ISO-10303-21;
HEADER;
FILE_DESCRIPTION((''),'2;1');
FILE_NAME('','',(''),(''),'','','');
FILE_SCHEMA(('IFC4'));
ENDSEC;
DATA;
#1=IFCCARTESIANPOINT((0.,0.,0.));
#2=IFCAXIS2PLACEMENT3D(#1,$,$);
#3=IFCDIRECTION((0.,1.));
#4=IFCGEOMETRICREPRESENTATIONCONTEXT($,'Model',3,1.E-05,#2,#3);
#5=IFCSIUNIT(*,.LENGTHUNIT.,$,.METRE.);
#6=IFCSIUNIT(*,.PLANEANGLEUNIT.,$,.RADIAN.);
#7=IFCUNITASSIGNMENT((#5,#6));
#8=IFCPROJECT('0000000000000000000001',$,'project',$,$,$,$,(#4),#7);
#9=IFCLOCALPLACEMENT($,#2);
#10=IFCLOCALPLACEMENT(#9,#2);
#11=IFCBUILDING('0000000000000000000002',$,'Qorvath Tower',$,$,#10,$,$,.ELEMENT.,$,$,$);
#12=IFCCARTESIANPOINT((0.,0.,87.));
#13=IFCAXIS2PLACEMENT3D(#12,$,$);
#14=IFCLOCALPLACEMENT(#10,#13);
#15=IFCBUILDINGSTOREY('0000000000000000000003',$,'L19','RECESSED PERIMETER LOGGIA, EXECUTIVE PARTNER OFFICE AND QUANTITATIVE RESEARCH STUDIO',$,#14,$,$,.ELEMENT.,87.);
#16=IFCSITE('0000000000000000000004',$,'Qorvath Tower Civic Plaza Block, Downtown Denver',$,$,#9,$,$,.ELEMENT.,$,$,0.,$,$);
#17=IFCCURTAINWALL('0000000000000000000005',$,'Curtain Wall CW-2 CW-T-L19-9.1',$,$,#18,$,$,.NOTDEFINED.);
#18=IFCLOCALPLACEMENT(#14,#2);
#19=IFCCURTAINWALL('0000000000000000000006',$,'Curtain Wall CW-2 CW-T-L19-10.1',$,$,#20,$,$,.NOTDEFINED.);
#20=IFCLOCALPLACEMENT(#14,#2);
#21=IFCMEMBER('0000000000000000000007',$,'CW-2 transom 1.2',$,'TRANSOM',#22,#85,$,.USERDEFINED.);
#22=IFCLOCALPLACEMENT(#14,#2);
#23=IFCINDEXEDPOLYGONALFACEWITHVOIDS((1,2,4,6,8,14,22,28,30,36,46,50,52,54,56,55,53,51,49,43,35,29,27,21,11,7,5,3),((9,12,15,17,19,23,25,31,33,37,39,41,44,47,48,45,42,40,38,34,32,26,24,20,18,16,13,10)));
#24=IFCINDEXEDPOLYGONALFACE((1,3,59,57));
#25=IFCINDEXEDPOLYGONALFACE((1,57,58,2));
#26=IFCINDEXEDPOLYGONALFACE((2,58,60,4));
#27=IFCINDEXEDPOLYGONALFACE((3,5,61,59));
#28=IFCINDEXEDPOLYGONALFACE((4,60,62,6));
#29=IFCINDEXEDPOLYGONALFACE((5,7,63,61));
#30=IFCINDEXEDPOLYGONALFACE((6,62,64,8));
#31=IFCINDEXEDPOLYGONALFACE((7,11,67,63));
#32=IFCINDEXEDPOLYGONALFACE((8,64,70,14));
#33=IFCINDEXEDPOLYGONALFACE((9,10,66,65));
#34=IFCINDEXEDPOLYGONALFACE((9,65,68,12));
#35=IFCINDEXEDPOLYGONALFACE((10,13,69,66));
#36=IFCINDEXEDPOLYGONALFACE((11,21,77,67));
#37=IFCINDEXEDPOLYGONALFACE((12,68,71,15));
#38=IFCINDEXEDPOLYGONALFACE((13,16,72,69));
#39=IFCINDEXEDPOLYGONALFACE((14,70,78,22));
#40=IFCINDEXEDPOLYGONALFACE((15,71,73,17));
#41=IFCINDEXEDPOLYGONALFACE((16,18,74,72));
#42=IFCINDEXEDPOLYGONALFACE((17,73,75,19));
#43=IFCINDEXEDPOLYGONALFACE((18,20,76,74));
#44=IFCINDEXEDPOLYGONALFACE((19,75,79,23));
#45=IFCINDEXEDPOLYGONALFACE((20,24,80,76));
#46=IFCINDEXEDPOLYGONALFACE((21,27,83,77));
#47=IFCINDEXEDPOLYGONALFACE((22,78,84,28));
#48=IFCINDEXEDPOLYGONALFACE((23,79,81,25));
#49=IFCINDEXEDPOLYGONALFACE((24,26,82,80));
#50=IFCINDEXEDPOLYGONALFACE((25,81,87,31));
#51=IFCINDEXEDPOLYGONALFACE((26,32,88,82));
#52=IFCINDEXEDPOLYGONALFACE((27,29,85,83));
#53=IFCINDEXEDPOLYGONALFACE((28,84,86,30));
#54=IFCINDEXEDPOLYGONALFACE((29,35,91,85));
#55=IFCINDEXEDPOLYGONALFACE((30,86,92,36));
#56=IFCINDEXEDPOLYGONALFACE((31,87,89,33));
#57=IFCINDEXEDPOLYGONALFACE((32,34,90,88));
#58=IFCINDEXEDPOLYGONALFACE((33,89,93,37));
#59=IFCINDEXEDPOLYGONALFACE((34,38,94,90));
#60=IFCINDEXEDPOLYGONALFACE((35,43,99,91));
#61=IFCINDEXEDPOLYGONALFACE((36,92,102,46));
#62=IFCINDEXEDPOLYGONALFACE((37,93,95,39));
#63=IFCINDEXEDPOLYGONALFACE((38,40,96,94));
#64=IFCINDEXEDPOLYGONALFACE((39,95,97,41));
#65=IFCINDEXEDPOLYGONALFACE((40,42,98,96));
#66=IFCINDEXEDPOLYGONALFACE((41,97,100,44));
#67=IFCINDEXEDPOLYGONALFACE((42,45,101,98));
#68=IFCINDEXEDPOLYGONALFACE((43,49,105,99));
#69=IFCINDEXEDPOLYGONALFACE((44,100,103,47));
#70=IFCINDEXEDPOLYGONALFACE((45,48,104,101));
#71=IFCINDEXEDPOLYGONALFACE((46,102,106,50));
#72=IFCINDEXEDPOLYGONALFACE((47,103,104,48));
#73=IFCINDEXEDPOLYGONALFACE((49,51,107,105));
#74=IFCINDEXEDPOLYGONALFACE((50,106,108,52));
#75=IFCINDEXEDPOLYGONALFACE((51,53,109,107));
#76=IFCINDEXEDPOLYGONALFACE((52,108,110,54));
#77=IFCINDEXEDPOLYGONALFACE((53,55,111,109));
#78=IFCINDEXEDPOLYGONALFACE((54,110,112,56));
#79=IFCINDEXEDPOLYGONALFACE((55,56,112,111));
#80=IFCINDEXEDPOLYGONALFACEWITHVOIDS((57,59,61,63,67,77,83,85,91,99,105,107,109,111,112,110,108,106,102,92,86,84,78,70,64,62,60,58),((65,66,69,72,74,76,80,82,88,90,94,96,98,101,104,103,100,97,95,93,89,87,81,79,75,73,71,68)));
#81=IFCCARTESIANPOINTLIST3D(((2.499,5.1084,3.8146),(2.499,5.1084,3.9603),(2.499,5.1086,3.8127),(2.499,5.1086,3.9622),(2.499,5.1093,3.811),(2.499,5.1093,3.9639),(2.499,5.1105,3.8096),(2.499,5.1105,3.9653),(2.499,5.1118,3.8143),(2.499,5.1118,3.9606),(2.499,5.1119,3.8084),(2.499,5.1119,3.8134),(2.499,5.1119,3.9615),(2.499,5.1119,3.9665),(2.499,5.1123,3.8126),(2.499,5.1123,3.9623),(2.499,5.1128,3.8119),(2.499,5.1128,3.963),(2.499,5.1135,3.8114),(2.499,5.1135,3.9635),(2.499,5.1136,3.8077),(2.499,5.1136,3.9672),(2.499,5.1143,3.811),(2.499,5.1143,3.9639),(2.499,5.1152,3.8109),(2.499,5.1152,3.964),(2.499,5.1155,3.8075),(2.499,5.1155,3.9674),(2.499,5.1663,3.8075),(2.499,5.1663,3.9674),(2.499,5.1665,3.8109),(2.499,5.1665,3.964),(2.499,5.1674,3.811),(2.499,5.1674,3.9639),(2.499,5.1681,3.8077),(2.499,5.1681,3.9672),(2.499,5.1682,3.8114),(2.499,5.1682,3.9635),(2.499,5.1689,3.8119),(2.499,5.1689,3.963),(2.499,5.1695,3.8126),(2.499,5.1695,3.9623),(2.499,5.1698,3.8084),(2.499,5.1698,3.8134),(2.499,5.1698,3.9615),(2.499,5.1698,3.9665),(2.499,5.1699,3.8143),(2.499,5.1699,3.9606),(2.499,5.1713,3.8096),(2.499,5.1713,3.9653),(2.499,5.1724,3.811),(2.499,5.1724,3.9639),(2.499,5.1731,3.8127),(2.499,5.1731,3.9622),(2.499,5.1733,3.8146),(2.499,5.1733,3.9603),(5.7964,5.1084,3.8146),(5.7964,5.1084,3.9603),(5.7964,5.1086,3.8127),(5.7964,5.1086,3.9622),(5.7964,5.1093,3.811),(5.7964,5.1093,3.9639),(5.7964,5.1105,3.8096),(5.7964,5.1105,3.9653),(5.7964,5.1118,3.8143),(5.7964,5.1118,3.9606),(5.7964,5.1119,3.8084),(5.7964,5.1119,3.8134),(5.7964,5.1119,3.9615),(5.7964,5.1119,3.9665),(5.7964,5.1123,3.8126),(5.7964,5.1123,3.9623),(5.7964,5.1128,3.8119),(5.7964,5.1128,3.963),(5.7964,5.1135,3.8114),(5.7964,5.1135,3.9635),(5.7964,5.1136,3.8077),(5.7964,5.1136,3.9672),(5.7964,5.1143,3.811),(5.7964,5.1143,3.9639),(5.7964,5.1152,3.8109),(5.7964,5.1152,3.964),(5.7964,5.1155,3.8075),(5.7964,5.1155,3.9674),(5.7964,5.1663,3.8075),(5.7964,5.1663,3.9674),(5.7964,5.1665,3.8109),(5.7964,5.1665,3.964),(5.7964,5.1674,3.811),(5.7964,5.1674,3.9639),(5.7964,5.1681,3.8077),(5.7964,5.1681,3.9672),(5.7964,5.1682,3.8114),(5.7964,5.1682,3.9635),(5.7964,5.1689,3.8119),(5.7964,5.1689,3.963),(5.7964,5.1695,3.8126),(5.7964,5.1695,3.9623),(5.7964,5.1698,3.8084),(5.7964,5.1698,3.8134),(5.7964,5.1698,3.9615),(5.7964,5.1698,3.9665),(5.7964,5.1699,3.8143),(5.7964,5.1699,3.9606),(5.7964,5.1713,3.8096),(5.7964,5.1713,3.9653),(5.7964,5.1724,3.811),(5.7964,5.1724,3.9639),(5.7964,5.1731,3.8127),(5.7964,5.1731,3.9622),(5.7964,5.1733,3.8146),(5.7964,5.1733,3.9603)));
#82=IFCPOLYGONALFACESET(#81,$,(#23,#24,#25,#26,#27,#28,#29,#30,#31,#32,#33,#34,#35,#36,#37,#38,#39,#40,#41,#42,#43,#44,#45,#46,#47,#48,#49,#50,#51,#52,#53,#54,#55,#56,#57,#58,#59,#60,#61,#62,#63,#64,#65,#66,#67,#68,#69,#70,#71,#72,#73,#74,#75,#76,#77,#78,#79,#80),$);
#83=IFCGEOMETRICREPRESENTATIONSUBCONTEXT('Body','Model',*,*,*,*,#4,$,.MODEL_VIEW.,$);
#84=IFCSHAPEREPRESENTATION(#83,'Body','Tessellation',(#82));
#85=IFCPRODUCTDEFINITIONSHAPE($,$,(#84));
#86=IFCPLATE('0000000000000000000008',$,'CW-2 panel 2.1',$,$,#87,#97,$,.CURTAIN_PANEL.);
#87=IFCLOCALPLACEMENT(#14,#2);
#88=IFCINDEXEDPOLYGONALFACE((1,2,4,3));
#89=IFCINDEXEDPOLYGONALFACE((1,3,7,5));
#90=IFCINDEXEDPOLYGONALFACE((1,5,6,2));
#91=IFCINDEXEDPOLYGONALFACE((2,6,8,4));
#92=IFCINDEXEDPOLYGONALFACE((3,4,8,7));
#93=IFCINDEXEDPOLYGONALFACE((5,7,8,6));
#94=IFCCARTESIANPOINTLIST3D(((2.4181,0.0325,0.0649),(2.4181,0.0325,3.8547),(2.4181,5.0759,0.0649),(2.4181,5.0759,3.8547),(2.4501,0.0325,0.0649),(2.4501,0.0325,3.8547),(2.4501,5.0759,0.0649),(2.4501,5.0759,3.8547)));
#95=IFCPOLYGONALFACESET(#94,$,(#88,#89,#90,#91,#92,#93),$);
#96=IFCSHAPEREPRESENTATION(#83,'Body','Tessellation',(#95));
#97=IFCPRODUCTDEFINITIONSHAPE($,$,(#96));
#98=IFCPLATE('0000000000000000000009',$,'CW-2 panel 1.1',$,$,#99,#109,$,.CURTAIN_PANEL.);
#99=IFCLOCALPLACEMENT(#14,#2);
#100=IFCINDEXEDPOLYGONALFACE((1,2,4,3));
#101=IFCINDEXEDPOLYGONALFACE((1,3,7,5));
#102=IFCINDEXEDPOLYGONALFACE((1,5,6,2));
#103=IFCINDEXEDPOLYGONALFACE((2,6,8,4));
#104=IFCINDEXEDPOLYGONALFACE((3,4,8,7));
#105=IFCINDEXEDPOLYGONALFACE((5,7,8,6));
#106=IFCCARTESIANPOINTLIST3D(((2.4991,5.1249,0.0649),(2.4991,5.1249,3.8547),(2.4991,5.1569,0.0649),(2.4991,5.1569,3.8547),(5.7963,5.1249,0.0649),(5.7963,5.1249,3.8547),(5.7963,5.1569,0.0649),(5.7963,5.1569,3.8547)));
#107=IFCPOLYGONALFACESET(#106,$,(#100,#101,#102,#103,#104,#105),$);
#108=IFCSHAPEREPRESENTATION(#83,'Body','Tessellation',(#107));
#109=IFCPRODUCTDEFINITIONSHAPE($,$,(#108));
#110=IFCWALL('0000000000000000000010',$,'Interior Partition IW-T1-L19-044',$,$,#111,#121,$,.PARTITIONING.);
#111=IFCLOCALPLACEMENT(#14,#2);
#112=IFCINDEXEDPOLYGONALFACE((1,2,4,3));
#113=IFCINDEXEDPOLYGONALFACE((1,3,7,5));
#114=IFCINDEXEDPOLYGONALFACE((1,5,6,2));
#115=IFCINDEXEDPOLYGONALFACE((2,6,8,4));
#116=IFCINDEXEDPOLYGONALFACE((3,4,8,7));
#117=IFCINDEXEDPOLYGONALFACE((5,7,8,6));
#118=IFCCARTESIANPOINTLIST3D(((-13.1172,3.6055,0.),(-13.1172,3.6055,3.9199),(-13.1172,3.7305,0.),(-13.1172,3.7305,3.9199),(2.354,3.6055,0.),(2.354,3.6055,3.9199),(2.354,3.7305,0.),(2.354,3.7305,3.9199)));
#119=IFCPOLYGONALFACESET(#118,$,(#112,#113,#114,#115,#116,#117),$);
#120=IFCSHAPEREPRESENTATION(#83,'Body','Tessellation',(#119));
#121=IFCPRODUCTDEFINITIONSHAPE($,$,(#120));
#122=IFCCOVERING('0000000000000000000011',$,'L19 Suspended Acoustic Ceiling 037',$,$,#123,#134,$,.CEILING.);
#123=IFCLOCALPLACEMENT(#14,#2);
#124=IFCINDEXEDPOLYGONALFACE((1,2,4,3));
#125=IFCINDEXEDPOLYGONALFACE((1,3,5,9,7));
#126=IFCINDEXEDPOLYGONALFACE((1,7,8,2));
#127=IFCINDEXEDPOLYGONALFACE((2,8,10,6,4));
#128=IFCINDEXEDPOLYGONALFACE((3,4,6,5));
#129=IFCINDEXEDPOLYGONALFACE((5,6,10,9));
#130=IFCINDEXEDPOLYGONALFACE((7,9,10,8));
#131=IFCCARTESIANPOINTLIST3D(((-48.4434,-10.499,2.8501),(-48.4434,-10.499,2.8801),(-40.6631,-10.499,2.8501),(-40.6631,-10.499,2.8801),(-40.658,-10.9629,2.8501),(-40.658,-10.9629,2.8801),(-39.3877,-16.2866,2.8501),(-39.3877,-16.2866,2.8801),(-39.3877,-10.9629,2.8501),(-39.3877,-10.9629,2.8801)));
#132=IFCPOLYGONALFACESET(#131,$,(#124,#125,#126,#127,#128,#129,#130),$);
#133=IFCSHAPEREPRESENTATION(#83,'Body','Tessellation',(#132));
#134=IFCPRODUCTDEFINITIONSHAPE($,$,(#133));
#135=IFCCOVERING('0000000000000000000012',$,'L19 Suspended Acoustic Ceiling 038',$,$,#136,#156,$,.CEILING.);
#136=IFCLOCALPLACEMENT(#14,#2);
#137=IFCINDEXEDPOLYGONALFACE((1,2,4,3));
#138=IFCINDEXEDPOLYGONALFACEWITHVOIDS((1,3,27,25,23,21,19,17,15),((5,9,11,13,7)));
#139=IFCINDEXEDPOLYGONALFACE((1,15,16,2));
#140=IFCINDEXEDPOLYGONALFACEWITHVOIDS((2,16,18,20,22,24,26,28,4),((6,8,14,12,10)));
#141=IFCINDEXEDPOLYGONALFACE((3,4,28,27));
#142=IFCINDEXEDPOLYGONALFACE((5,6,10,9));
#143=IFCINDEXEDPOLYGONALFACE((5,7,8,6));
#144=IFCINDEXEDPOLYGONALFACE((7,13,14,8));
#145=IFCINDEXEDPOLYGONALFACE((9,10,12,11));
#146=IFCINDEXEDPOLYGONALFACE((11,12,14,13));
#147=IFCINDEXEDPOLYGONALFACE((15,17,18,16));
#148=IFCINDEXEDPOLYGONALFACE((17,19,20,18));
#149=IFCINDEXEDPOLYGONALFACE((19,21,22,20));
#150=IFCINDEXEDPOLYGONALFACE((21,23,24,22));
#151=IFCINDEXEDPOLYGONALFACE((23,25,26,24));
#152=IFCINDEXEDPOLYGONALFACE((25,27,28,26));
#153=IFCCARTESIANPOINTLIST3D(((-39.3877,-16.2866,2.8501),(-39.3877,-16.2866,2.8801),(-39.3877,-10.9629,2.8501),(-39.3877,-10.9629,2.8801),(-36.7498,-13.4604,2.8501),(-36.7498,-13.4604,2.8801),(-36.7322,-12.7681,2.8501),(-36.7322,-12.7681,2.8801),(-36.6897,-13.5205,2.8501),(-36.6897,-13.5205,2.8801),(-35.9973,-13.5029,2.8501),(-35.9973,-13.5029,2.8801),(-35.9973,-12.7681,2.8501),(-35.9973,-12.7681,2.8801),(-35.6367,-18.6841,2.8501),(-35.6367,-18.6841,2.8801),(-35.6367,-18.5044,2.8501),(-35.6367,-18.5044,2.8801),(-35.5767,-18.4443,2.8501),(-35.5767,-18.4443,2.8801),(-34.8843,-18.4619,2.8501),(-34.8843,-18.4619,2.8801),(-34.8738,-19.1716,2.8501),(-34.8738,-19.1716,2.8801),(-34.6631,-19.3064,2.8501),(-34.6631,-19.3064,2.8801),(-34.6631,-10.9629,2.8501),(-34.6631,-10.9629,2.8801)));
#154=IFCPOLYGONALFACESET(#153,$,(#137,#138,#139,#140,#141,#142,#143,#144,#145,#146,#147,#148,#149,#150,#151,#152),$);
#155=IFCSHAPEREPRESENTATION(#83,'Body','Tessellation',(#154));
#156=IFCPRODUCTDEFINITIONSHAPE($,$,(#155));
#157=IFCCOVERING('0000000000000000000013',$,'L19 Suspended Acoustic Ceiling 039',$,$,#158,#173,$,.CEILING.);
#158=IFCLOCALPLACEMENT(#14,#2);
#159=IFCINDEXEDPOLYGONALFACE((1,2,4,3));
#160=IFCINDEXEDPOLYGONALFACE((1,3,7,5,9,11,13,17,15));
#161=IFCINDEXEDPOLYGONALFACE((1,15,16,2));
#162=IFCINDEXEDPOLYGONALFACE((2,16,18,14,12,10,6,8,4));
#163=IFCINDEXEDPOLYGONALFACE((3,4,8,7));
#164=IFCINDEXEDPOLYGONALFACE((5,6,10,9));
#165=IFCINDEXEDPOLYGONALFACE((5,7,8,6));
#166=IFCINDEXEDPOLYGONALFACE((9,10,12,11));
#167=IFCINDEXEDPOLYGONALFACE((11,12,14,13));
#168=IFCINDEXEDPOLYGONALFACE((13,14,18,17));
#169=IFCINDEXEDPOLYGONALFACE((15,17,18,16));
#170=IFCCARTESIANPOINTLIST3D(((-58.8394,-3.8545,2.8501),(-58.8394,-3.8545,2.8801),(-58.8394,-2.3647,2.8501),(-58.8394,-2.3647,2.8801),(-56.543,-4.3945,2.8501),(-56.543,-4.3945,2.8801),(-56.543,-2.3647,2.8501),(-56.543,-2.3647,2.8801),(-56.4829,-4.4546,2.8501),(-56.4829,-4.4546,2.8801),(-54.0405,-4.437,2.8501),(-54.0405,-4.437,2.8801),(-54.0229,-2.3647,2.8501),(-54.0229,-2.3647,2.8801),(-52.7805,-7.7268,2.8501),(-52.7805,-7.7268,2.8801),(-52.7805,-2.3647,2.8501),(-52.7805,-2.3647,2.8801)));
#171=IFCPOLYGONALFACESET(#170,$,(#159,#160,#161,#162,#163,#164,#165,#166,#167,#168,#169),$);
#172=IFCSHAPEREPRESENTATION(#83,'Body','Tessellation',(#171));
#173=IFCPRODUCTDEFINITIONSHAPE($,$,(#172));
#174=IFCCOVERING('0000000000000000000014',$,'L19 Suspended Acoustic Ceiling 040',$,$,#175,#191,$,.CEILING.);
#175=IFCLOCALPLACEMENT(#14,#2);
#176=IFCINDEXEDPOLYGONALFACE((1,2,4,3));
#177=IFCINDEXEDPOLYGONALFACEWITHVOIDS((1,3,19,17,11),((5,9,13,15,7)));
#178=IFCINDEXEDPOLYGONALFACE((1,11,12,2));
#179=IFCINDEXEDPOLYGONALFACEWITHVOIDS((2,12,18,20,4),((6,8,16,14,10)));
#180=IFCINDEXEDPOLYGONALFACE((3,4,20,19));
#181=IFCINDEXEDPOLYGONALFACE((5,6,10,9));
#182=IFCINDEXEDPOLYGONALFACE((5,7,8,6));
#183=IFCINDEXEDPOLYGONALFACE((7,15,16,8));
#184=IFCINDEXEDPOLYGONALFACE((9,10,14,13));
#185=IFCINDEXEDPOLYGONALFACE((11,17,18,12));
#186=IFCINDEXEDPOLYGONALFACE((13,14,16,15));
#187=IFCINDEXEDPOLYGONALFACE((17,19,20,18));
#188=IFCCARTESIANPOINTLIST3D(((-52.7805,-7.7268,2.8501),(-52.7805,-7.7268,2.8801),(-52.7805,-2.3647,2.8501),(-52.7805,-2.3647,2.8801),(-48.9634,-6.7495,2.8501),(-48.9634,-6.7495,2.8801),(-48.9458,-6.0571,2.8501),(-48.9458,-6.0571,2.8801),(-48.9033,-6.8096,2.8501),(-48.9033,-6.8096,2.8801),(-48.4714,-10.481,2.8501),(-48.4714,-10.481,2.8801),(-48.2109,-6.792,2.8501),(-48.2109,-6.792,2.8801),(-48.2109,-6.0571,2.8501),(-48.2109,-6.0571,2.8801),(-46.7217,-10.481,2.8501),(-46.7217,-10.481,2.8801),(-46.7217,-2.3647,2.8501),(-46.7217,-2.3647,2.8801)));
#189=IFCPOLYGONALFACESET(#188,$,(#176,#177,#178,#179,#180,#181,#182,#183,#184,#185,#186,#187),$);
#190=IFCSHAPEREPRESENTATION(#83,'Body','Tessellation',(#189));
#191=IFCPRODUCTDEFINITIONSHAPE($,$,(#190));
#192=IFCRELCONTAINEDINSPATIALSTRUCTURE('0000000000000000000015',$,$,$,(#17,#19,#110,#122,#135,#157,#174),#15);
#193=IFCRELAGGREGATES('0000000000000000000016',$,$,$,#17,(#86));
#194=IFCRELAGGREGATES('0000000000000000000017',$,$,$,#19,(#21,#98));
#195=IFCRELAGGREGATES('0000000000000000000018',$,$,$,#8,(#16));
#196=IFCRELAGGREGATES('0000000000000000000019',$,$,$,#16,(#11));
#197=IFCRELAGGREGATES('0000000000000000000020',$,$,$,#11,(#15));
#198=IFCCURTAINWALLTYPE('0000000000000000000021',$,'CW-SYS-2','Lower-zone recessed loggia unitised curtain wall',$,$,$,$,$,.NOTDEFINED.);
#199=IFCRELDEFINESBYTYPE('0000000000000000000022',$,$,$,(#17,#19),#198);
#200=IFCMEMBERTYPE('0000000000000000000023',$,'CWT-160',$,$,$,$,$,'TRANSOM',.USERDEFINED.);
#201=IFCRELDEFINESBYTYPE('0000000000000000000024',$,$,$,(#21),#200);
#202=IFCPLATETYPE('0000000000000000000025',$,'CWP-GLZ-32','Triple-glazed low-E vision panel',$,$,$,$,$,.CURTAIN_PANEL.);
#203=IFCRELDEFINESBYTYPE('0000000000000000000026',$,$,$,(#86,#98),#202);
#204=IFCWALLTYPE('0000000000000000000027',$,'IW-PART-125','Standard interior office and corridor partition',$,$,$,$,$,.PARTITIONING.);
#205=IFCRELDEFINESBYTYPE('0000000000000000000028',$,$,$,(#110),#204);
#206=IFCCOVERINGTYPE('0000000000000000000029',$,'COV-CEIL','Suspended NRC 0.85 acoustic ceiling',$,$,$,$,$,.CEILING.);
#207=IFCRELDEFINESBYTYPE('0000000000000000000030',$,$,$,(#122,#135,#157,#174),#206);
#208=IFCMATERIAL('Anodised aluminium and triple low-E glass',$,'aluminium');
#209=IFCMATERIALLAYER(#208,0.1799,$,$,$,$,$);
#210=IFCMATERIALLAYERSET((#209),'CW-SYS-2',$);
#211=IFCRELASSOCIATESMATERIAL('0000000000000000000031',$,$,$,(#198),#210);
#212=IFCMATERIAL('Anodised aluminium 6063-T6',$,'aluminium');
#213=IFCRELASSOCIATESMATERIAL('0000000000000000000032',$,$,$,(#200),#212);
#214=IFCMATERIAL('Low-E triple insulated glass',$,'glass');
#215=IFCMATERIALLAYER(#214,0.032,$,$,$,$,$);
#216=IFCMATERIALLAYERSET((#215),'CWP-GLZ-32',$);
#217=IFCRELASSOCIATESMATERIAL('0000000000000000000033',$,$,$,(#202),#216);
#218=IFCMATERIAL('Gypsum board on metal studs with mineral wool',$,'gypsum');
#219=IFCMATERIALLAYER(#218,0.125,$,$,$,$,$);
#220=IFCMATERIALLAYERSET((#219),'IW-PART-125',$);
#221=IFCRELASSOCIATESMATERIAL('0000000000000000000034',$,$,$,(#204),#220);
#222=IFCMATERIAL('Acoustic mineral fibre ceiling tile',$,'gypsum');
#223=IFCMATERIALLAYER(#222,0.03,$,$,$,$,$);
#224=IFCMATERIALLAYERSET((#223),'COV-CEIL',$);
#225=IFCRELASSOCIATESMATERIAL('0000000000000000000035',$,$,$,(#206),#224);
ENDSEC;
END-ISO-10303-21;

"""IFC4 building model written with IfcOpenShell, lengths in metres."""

from ifc_helpers import new_model, si_unit, direction, frame, frame_2d, origin, origin_2d, place, context, subcontext, project, spatial, polyline, rectangle, hollow_rectangle, outline, extrude, material, layer, layer_set, material_profile, profile_set, type_object, element, aggregate, save


model = new_model("IFC4")

# Units and contexts
model_context = context("Model", 3, precision=1e-05, world=origin(), true_north=direction((0.0, 1.0)))
body_context = subcontext(model_context, "Body", "Model", "MODEL_VIEW")
ifc_project = project(units=[si_unit("LENGTHUNIT", "METRE"), si_unit("PLANEANGLEUNIT", "RADIAN")], contexts=[model_context])

# Site, building, storey
site_placement = place(None, origin())
site = spatial("IfcSite", under=ifc_project, at=site_placement, Name="Qorvath Tower Civic Plaza Block, Downtown Denver", CompositionType="ELEMENT", RefElevation=0.0)
building_placement = place(site_placement, origin())
building = spatial("IfcBuilding", under=site, at=building_placement, Name="Qorvath Tower", CompositionType="ELEMENT")
storey_placement = place(building_placement, frame((0.0, 0.0, 87.0)))
storey = spatial("IfcBuildingStorey", under=building, at=storey_placement, Name="L19", Description="RECESSED PERIMETER LOGGIA, EXECUTIVE PARTNER OFFICE AND QUANTITATIVE RESEARCH STUDIO", CompositionType="ELEMENT", Elevation=87.0)

# Curtain wall
ifc_material_1 = material(Name="Anodised aluminium and triple low-E glass", Category="aluminium")
ifc_layer_1 = layer(ifc_material_1, 0.1799)
ifc_layer_set_1 = layer_set([ifc_layer_1], Name="CW-SYS-2")
curtain_wall_type = type_object("IfcCurtainWallType", Name="CW-SYS-2", Description="Lower-zone recessed loggia unitised curtain wall", PredefinedType="NOTDEFINED", material=ifc_layer_set_1)
curtain_wall_1_placement = place(storey_placement, origin())
curtain_wall_1 = element("IfcCurtainWall", 1, at=curtain_wall_1_placement, inside=storey, type_object=curtain_wall_type, Name="Curtain Wall CW-2 CW-T-L19-9.1", PredefinedType="NOTDEFINED")

# Curtain wall
curtain_wall_2_placement = place(storey_placement, origin())
curtain_wall_2 = element("IfcCurtainWall", 2, at=curtain_wall_2_placement, inside=storey, type_object=curtain_wall_type, Name="Curtain Wall CW-2 CW-T-L19-10.1", PredefinedType="NOTDEFINED")

# Member
ifc_material_2 = material(Name="Anodised aluminium 6063-T6", Category="aluminium")
ifc_material_profile_1 = material_profile(ifc_material_2, hollow_rectangle(XDim=0.0649, YDim=0.1599, WallThickness=0.0034, InnerFilletRadius=0.0034, OuterFilletRadius=0.0071, at=origin_2d()), Name="CWT 160x65")
ifc_profile_set_1 = profile_set([ifc_material_profile_1], Name="Anodised aluminium 6063-T6")
member_type_1 = type_object("IfcMemberType", Name="CWT-160", ElementType="TRANSOM", PredefinedType="USERDEFINED", material=ifc_profile_set_1)
member_1_placement = place(storey_placement, frame((2.499, 5.1409, 3.8875), z_axis=(1.0, 0.0, 0.0), x_axis=(0.0, 1.0, 0.0)))
member_1 = element("IfcMember", 3, at=member_1_placement, type_object=member_type_1, Name="CW-2 transom 1.2", ObjectType="TRANSOM", PredefinedType="USERDEFINED", context=body_context, shape_type="SweptSolid", body=[
    extrude(hollow_rectangle(XDim=0.0649, YDim=0.1599, WallThickness=0.0034, InnerFilletRadius=0.0034, OuterFilletRadius=0.0071, at=origin_2d()), origin(), (0.0, 0.0, 1.0), 3.2974),
])

# Plates
ifc_material_3 = material(Name="Low-E triple insulated glass", Category="glass")
ifc_layer_2 = layer(ifc_material_3, 0.032)
ifc_layer_set_2 = layer_set([ifc_layer_2], Name="CWP-GLZ-32")
plate_type = type_object("IfcPlateType", Name="CWP-GLZ-32", Description="Triple-glazed low-E vision panel", PredefinedType="CURTAIN_PANEL", material=ifc_layer_set_2)
plate_1_placement = place(storey_placement, frame((2.4341, 2.5542, 0.0649), z_axis=(0.0, 0.0, 1.0), x_axis=(0.0, 1.0, 0.0)))
plate_1 = element("IfcPlate", 4, at=plate_1_placement, type_object=plate_type, Name="CW-2 panel 2.1", PredefinedType="CURTAIN_PANEL", context=body_context, shape_type="SweptSolid", body=[
    extrude(rectangle(XDim=5.0435, YDim=0.032, at=origin_2d()), origin(), (0.0, 0.0, 1.0), 3.7898),
])
aggregate(curtain_wall_1, [plate_1])
plate_2_placement = place(storey_placement, frame((4.1477, 5.1409, 0.0649), z_axis=(0.0, 0.0, 1.0), x_axis=(1.0, 0.0, 0.0)))
plate_2 = element("IfcPlate", 5, at=plate_2_placement, type_object=plate_type, Name="CW-2 panel 1.1", PredefinedType="CURTAIN_PANEL", context=body_context, shape_type="SweptSolid", body=[
    extrude(rectangle(XDim=3.2971, YDim=0.032, at=origin_2d()), origin(), (0.0, 0.0, 1.0), 3.7898),
])
aggregate(curtain_wall_2, [member_1, plate_2])

# Wall
ifc_material_4 = material(Name="Gypsum board on metal studs with mineral wool", Category="gypsum")
ifc_layer_3 = layer(ifc_material_4, 0.125)
ifc_layer_set_3 = layer_set([ifc_layer_3], Name="IW-PART-125")
wall_type = type_object("IfcWallType", Name="IW-PART-125", Description="Standard interior office and corridor partition", PredefinedType="PARTITIONING", material=ifc_layer_set_3)
wall_placement = place(storey_placement, frame((2.354, 3.668, 0.0), z_axis=(0.0, 0.0, 1.0), x_axis=(-1.0, 0.0, 0.0)))
element("IfcWall", 6, at=wall_placement, inside=storey, type_object=wall_type, Name="Interior Partition IW-T1-L19-044", PredefinedType="PARTITIONING", context=body_context, shape_type="SweptSolid", body=[
    extrude(rectangle(XDim=15.4712, YDim=0.125, at=frame_2d((7.7356, 0.0))), origin(), (0.0, 0.0, 1.0), 3.9199),
])

# Coverings
ifc_material_5 = material(Name="Acoustic mineral fibre ceiling tile", Category="gypsum")
ifc_layer_4 = layer(ifc_material_5, 0.03)
ifc_layer_set_4 = layer_set([ifc_layer_4], Name="COV-CEIL")
covering_type_1 = type_object("IfcCoveringType", Name="COV-CEIL", Description="Suspended NRC 0.85 acoustic ceiling", PredefinedType="CEILING", material=ifc_layer_set_4)
covering_1_placement = place(storey_placement, frame((0.0, 0.0, 2.8501)))
element("IfcCovering", 7, at=covering_1_placement, inside=storey, type_object=covering_type_1, Name="L19 Suspended Acoustic Ceiling 037", PredefinedType="CEILING", context=body_context, shape_type="SweptSolid", body=[
    extrude(outline(polyline([(-40.6631, -10.499), (-48.4434, -10.499), (-39.3877, -16.2866), (-39.3877, -10.9629), (-40.658, -10.9629), (-40.6631, -10.499)])), origin(), (0.0, 0.0, 1.0), 0.03),
])
covering_2_placement = place(storey_placement, frame((0.0, 0.0, 2.8501)))
element("IfcCovering", 8, at=covering_2_placement, inside=storey, type_object=covering_type_1, Name="L19 Suspended Acoustic Ceiling 038", PredefinedType="CEILING", context=body_context, shape_type="SweptSolid", body=[
    extrude(outline(polyline([(-39.3877, -10.9629), (-39.3877, -16.2866), (-35.6367, -18.6841), (-35.6367, -18.5044), (-35.5767, -18.4443), (-34.8843, -18.4619), (-34.8738, -19.1716), (-34.6631, -19.3064), (-34.6631, -10.9629), (-39.3877, -10.9629)]), holes=[polyline([(-36.7498, -13.4604), (-36.7322, -12.7681), (-35.9973, -12.7681), (-35.9973, -13.5029), (-36.6897, -13.5205), (-36.7498, -13.4604)])]), origin(), (0.0, 0.0, 1.0), 0.03),
])
covering_3_placement = place(storey_placement, frame((0.0, 0.0, 2.8501)))
element("IfcCovering", 9, at=covering_3_placement, inside=storey, type_object=covering_type_1, Name="L19 Suspended Acoustic Ceiling 039", PredefinedType="CEILING", context=body_context, shape_type="SweptSolid", body=[
    extrude(outline(polyline([(-56.543, -2.3647), (-58.8394, -2.3647), (-58.8394, -3.8545), (-52.7805, -7.7268), (-52.7805, -2.3647), (-54.0229, -2.3647), (-54.0405, -4.437), (-56.4829, -4.4546), (-56.543, -4.3945), (-56.543, -2.3647)])), origin(), (0.0, 0.0, 1.0), 0.03),
])
covering_4_placement = place(storey_placement, frame((0.0, 0.0, 2.8501)))
element("IfcCovering", 10, at=covering_4_placement, inside=storey, type_object=covering_type_1, Name="L19 Suspended Acoustic Ceiling 040", PredefinedType="CEILING", context=body_context, shape_type="SweptSolid", body=[
    extrude(outline(polyline([(-52.7805, -2.3647), (-52.7805, -7.7268), (-48.4714, -10.481), (-46.7217, -10.481), (-46.7217, -2.3647), (-52.7805, -2.3647)]), holes=[polyline([(-48.9634, -6.7495), (-48.9458, -6.0571), (-48.2109, -6.0571), (-48.2109, -6.792), (-48.9033, -6.8096), (-48.9634, -6.7495)])]), origin(), (0.0, 0.0, 1.0), 0.03),
])

save(model, "model.ifc")
